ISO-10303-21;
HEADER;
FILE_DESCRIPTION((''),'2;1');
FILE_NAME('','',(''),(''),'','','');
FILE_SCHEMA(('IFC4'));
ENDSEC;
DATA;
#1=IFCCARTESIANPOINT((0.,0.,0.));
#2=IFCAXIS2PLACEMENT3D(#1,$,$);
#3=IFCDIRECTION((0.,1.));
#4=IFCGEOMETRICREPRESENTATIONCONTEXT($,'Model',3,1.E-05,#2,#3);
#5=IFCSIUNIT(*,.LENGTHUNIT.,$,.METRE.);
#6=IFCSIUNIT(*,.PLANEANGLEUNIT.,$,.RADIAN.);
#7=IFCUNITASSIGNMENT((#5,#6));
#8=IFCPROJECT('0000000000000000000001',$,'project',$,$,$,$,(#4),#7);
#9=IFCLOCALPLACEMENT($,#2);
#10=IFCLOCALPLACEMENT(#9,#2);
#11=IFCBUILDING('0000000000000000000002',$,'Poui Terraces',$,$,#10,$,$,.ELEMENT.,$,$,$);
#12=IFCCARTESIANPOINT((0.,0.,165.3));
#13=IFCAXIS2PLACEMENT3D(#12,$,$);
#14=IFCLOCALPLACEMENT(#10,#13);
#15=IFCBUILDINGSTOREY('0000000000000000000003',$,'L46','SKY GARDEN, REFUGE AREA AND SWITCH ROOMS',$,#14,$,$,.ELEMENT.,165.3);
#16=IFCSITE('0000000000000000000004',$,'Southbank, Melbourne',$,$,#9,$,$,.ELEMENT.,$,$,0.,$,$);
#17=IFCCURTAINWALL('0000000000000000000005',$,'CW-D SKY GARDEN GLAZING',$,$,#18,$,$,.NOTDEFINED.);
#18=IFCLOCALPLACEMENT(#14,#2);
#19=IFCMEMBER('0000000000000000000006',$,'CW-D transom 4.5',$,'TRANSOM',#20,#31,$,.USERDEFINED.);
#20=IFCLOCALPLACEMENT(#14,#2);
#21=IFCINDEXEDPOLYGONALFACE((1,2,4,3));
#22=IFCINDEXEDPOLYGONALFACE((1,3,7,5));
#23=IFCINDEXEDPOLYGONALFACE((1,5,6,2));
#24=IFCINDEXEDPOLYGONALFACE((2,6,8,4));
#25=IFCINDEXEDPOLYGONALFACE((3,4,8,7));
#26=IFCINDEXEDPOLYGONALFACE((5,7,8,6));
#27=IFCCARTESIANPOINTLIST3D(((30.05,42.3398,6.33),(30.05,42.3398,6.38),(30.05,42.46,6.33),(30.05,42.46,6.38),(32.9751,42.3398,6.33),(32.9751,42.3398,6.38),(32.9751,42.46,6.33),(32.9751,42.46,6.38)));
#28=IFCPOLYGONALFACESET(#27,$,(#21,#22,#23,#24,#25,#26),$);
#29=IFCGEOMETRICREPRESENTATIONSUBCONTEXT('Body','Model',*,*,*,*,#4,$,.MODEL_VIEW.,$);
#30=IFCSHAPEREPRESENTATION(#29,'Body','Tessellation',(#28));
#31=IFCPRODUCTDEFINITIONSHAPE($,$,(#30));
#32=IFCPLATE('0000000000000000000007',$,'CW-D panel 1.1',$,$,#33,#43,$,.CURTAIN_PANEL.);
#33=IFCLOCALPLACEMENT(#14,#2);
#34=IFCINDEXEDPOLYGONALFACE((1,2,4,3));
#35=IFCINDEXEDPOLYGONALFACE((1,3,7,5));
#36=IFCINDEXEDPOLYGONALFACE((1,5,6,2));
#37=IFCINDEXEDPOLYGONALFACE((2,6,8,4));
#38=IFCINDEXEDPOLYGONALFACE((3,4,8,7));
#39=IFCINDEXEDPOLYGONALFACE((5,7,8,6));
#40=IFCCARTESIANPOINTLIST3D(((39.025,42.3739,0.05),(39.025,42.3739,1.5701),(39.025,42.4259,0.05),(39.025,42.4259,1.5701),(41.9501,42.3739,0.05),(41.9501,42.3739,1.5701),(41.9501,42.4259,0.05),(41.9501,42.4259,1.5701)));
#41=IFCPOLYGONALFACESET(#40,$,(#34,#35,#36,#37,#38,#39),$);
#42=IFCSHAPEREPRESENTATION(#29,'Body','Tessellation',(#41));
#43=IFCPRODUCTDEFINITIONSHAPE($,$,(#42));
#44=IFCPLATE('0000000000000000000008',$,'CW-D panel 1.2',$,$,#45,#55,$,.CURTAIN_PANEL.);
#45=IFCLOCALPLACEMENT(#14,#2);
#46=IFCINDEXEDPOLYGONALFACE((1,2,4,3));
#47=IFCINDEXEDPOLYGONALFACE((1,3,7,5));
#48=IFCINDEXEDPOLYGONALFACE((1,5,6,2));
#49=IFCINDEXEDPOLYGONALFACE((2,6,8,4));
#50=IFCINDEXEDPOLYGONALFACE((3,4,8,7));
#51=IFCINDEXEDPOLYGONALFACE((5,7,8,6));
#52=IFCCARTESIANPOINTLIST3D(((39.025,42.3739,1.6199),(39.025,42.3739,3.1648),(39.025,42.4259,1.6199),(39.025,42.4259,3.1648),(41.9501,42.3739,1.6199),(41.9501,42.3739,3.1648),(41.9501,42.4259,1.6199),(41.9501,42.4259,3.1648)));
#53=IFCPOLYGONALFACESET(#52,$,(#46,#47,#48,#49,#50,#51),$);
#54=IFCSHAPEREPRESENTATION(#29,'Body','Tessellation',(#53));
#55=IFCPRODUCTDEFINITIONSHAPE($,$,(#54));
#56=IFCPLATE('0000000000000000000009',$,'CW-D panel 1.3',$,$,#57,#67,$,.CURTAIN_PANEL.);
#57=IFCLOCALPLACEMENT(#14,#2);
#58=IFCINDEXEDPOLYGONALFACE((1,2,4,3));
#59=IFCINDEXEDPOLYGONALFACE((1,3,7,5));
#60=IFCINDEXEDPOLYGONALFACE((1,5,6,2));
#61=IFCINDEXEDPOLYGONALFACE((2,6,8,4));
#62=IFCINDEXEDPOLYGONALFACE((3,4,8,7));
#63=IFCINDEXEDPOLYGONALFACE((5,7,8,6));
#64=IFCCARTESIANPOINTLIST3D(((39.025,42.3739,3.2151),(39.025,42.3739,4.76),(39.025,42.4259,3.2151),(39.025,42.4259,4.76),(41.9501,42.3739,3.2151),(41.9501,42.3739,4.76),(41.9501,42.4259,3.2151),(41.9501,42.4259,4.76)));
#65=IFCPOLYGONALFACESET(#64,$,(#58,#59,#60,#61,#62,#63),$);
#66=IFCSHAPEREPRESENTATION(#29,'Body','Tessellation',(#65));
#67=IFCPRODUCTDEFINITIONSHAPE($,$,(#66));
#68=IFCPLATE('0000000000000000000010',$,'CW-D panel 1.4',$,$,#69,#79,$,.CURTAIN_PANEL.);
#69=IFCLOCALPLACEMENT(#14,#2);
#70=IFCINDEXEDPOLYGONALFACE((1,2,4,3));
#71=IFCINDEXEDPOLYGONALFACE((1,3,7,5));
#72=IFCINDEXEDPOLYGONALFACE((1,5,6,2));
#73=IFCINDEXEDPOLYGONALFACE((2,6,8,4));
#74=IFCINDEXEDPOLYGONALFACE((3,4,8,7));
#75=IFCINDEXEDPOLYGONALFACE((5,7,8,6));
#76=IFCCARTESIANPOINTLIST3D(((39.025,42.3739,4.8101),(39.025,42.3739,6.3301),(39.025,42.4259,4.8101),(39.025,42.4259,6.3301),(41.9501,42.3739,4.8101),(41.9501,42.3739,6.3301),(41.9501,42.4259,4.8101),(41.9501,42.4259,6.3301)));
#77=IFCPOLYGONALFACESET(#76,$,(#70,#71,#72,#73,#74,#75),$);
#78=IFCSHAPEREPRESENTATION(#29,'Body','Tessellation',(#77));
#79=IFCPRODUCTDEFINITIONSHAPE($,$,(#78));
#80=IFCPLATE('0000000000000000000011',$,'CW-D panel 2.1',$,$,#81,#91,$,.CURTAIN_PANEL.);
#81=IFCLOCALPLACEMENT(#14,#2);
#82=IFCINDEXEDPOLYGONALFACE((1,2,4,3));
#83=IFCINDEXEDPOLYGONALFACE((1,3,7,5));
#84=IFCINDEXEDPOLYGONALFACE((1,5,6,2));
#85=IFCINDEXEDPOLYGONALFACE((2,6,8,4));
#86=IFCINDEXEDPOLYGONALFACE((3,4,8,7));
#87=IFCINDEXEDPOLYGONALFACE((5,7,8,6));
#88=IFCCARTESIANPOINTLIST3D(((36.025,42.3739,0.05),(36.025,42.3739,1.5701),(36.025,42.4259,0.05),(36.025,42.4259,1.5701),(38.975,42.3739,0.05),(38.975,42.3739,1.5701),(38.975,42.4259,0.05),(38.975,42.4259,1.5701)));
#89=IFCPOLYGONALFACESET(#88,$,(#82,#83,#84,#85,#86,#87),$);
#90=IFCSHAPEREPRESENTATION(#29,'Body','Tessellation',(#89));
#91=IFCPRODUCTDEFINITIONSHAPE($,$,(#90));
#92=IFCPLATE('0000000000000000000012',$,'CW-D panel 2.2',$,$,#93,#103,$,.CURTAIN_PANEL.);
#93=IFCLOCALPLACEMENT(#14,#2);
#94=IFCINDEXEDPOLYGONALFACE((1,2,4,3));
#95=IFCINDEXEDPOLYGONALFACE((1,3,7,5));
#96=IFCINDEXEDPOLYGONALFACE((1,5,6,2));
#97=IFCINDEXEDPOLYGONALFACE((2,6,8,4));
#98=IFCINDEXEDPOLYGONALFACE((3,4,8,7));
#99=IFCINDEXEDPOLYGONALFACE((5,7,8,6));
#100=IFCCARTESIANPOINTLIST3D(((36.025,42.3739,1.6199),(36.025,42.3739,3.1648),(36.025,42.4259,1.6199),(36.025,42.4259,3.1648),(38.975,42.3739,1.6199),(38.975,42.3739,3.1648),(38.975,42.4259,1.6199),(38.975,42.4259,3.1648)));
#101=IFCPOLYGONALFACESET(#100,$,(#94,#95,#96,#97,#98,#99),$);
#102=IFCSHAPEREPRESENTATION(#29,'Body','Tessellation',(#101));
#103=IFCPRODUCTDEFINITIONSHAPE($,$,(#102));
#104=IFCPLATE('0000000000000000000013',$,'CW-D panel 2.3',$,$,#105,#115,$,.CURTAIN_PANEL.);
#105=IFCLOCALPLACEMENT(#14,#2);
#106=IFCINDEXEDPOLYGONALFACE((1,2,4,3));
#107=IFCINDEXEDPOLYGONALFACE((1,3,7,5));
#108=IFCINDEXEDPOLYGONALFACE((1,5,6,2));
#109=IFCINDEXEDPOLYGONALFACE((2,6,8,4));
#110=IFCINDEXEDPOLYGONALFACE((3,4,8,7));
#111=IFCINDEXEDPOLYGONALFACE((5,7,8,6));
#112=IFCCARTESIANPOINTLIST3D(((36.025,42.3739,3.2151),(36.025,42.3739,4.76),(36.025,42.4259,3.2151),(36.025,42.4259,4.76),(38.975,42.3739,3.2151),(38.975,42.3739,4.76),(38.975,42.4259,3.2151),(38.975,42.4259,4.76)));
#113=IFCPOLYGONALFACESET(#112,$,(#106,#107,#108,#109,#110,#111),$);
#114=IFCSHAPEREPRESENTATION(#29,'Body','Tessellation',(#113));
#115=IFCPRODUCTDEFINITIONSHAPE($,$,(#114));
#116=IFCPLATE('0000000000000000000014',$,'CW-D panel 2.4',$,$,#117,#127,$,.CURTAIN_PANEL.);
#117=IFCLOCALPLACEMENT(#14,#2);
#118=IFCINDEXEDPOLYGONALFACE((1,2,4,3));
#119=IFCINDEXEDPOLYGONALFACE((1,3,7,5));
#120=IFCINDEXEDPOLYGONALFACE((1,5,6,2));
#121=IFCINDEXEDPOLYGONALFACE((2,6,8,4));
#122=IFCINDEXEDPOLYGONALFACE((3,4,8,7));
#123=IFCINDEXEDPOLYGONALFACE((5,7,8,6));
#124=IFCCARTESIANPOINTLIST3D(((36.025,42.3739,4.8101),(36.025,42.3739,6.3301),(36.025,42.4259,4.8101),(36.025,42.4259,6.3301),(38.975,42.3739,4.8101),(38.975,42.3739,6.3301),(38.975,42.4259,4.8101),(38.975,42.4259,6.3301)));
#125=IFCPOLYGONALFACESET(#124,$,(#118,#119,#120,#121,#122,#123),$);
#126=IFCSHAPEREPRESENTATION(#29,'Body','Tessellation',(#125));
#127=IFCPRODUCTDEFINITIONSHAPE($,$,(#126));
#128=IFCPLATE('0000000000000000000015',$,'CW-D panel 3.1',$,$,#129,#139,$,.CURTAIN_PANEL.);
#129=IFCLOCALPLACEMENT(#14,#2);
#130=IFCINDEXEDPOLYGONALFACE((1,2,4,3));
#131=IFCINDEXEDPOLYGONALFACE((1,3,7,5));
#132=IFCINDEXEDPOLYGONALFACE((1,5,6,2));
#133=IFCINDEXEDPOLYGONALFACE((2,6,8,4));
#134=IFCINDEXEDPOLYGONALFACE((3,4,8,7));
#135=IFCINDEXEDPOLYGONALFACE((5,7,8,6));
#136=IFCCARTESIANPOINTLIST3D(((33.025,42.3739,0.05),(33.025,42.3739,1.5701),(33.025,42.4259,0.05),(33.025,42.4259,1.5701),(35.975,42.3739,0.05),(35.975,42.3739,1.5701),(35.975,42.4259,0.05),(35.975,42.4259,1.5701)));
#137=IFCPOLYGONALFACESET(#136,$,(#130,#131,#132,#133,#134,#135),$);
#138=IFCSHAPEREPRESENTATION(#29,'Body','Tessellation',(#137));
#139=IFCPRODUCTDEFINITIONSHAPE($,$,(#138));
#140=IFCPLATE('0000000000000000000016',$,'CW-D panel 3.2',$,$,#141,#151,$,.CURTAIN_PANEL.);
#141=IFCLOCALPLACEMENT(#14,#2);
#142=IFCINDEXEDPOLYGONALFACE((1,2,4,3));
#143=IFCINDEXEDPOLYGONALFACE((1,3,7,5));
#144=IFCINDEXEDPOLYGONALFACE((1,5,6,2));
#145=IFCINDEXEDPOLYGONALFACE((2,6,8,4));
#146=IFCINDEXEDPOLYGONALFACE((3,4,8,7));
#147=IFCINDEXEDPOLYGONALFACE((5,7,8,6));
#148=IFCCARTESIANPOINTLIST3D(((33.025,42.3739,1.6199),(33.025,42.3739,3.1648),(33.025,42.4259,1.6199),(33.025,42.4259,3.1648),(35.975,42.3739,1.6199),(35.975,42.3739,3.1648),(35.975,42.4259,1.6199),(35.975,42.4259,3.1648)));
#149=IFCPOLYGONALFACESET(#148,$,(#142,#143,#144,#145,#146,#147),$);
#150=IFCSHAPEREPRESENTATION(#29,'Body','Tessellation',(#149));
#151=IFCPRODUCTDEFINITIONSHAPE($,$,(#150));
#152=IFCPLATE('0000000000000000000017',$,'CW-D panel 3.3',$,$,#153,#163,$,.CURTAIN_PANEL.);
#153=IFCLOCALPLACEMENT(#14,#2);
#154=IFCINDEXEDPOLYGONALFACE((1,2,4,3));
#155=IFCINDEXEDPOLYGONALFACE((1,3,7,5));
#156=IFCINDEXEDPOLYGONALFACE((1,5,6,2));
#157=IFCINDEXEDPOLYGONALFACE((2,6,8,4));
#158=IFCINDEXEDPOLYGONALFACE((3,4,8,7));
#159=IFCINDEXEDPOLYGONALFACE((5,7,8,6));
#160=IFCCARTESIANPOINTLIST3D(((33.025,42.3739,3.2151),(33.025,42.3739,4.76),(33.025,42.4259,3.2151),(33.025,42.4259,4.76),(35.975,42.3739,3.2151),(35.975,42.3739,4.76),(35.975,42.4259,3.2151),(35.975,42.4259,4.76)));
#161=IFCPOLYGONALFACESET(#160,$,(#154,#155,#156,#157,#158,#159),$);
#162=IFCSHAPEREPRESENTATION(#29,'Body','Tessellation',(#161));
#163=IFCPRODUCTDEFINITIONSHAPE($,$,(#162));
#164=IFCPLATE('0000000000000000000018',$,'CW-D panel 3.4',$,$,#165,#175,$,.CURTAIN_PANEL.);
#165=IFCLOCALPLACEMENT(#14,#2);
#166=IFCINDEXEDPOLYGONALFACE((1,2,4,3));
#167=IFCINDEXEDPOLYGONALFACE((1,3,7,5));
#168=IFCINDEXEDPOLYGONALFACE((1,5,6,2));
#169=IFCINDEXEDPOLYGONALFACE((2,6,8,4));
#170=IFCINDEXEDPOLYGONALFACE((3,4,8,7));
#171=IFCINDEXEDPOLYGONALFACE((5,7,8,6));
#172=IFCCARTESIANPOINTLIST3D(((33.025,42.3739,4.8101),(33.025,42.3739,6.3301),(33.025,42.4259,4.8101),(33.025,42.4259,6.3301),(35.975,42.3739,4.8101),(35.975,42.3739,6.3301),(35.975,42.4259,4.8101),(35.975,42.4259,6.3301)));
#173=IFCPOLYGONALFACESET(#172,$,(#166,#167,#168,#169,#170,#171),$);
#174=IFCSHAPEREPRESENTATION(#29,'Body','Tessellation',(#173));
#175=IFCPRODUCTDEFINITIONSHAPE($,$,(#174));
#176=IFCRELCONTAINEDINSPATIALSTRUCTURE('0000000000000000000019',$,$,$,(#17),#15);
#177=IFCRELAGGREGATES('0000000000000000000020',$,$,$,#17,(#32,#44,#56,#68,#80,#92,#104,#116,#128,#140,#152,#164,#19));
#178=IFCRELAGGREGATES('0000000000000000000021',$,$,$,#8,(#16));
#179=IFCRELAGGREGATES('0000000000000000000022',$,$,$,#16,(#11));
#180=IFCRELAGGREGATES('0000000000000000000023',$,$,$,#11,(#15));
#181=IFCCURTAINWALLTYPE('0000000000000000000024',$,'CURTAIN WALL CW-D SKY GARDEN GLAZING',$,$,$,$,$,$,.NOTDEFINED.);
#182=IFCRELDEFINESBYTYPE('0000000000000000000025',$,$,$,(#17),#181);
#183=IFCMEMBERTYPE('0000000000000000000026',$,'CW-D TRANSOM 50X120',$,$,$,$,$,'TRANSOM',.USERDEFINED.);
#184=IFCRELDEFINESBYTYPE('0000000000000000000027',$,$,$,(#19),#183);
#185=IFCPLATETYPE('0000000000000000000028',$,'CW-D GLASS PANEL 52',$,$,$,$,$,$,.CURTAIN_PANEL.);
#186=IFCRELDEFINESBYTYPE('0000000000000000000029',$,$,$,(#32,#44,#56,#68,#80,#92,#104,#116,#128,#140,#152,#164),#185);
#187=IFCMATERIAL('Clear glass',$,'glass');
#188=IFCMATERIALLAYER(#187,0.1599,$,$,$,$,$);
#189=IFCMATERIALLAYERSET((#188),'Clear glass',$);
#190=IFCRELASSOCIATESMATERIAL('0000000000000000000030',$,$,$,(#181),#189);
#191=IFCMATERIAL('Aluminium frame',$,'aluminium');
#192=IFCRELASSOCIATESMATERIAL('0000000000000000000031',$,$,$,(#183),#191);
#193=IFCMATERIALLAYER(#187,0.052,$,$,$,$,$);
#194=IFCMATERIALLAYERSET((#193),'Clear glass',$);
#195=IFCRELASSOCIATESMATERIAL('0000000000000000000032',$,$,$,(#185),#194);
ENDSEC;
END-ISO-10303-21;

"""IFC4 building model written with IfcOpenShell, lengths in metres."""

from ifc_helpers import new_model, si_unit, direction, frame, origin, origin_2d, place, context, subcontext, project, spatial, rectangle, extrude, material, layer, layer_set, material_profile, profile_set, type_object, element, aggregate, save


model = new_model("IFC4")

# Units and contexts
model_context = context("Model", 3, precision=1e-05, world=origin(), true_north=direction((0.0, 1.0)))
body_context = subcontext(model_context, "Body", "Model", "MODEL_VIEW")
ifc_project = project(units=[si_unit("LENGTHUNIT", "METRE"), si_unit("PLANEANGLEUNIT", "RADIAN")], contexts=[model_context])

# Site, building, storey
site_placement = place(None, origin())
site = spatial("IfcSite", under=ifc_project, at=site_placement, Name="Southbank, Melbourne", CompositionType="ELEMENT", RefElevation=0.0)
building_placement = place(site_placement, origin())
building = spatial("IfcBuilding", under=site, at=building_placement, Name="Poui Terraces", CompositionType="ELEMENT")
storey_placement = place(building_placement, frame((0.0, 0.0, 165.3)))
storey = spatial("IfcBuildingStorey", under=building, at=storey_placement, Name="L46", Description="SKY GARDEN, REFUGE AREA AND SWITCH ROOMS", CompositionType="ELEMENT", Elevation=165.3)

# Curtain wall, member, plates
ifc_material_1 = material(Name="Clear glass", Category="glass")
ifc_layer_1 = layer(ifc_material_1, 0.1599)
ifc_layer_set_1 = layer_set([ifc_layer_1], Name="Clear glass")
curtain_wall_type = type_object("IfcCurtainWallType", Name="CURTAIN WALL CW-D SKY GARDEN GLAZING", PredefinedType="NOTDEFINED", material=ifc_layer_set_1)
curtain_wall_placement = place(storey_placement, origin())
curtain_wall = element("IfcCurtainWall", 1, at=curtain_wall_placement, inside=storey, type_object=curtain_wall_type, Name="CW-D SKY GARDEN GLAZING", PredefinedType="NOTDEFINED")
ifc_material_2 = material(Name="Aluminium frame", Category="aluminium")
ifc_material_profile_1 = material_profile(ifc_material_2, rectangle(XDim=0.1201, YDim=0.05, at=origin_2d()), Name="CW-D TRANSOM 50X120")
ifc_profile_set_1 = profile_set([ifc_material_profile_1], Name="Aluminium frame")
member_type_1 = type_object("IfcMemberType", Name="CW-D TRANSOM 50X120", ElementType="TRANSOM", PredefinedType="USERDEFINED", material=ifc_profile_set_1)
member_1_placement = place(storey_placement, frame((32.9751, 42.3999, 6.355), z_axis=(-1.0, 0.0, 0.0), x_axis=(0.0, -1.0, 0.0)))
member_1 = element("IfcMember", 2, at=member_1_placement, type_object=member_type_1, Name="CW-D transom 4.5", ObjectType="TRANSOM", PredefinedType="USERDEFINED", context=body_context, shape_type="SweptSolid", body=[
    extrude(rectangle(XDim=0.1201, YDim=0.05, at=origin_2d()), origin(), (0.0, 0.0, 1.0), 2.925),
])
ifc_layer_2 = layer(ifc_material_1, 0.052)
ifc_layer_set_2 = layer_set([ifc_layer_2], Name="Clear glass")
plate_type = type_object("IfcPlateType", Name="CW-D GLASS PANEL 52", PredefinedType="CURTAIN_PANEL", material=ifc_layer_set_2)
plate_1_placement = place(storey_placement, frame((40.4875, 42.3999, 0.05), z_axis=(0.0, 0.0, 1.0), x_axis=(-1.0, 0.0, 0.0)))
plate_1 = element("IfcPlate", 3, at=plate_1_placement, type_object=plate_type, Name="CW-D panel 1.1", PredefinedType="CURTAIN_PANEL", context=body_context, shape_type="SweptSolid", body=[
    extrude(rectangle(XDim=2.925, YDim=0.052, at=origin_2d()), origin(), (0.0, 0.0, 1.0), 1.52),
])
plate_2_placement = place(storey_placement, frame((40.4875, 42.3999, 1.6199), z_axis=(0.0, 0.0, 1.0), x_axis=(-1.0, 0.0, 0.0)))
plate_2 = element("IfcPlate", 4, at=plate_2_placement, type_object=plate_type, Name="CW-D panel 1.2", PredefinedType="CURTAIN_PANEL", context=body_context, shape_type="SweptSolid", body=[
    extrude(rectangle(XDim=2.925, YDim=0.052, at=origin_2d()), origin(), (0.0, 0.0, 1.0), 1.5449),
])
plate_3_placement = place(storey_placement, frame((40.4875, 42.3999, 3.2151), z_axis=(0.0, 0.0, 1.0), x_axis=(-1.0, 0.0, 0.0)))
plate_3 = element("IfcPlate", 5, at=plate_3_placement, type_object=plate_type, Name="CW-D panel 1.3", PredefinedType="CURTAIN_PANEL", context=body_context, shape_type="SweptSolid", body=[
    extrude(rectangle(XDim=2.925, YDim=0.052, at=origin_2d()), origin(), (0.0, 0.0, 1.0), 1.5449),
])
plate_4_placement = place(storey_placement, frame((40.4875, 42.3999, 4.8101), z_axis=(0.0, 0.0, 1.0), x_axis=(-1.0, 0.0, 0.0)))
plate_4 = element("IfcPlate", 6, at=plate_4_placement, type_object=plate_type, Name="CW-D panel 1.4", PredefinedType="CURTAIN_PANEL", context=body_context, shape_type="SweptSolid", body=[
    extrude(rectangle(XDim=2.925, YDim=0.052, at=origin_2d()), origin(), (0.0, 0.0, 1.0), 1.52),
])
plate_5_placement = place(storey_placement, frame((37.5, 42.3999, 0.05), z_axis=(0.0, 0.0, 1.0), x_axis=(-1.0, 0.0, 0.0)))
plate_5 = element("IfcPlate", 7, at=plate_5_placement, type_object=plate_type, Name="CW-D panel 2.1", PredefinedType="CURTAIN_PANEL", context=body_context, shape_type="SweptSolid", body=[
    extrude(rectangle(XDim=2.95, YDim=0.052, at=origin_2d()), origin(), (0.0, 0.0, 1.0), 1.52),
])
plate_6_placement = place(storey_placement, frame((37.5, 42.3999, 1.6199), z_axis=(0.0, 0.0, 1.0), x_axis=(-1.0, 0.0, 0.0)))
plate_6 = element("IfcPlate", 8, at=plate_6_placement, type_object=plate_type, Name="CW-D panel 2.2", PredefinedType="CURTAIN_PANEL", context=body_context, shape_type="SweptSolid", body=[
    extrude(rectangle(XDim=2.95, YDim=0.052, at=origin_2d()), origin(), (0.0, 0.0, 1.0), 1.5449),
])
plate_7_placement = place(storey_placement, frame((37.5, 42.3999, 3.2151), z_axis=(0.0, 0.0, 1.0), x_axis=(-1.0, 0.0, 0.0)))
plate_7 = element("IfcPlate", 9, at=plate_7_placement, type_object=plate_type, Name="CW-D panel 2.3", PredefinedType="CURTAIN_PANEL", context=body_context, shape_type="SweptSolid", body=[
    extrude(rectangle(XDim=2.95, YDim=0.052, at=origin_2d()), origin(), (0.0, 0.0, 1.0), 1.5449),
])
plate_8_placement = place(storey_placement, frame((37.5, 42.3999, 4.8101), z_axis=(0.0, 0.0, 1.0), x_axis=(-1.0, 0.0, 0.0)))
plate_8 = element("IfcPlate", 10, at=plate_8_placement, type_object=plate_type, Name="CW-D panel 2.4", PredefinedType="CURTAIN_PANEL", context=body_context, shape_type="SweptSolid", body=[
    extrude(rectangle(XDim=2.95, YDim=0.052, at=origin_2d()), origin(), (0.0, 0.0, 1.0), 1.52),
])
plate_9_placement = place(storey_placement, frame((34.5, 42.3999, 0.05), z_axis=(0.0, 0.0, 1.0), x_axis=(-1.0, 0.0, 0.0)))
plate_9 = element("IfcPlate", 11, at=plate_9_placement, type_object=plate_type, Name="CW-D panel 3.1", PredefinedType="CURTAIN_PANEL", context=body_context, shape_type="SweptSolid", body=[
    extrude(rectangle(XDim=2.95, YDim=0.052, at=origin_2d()), origin(), (0.0, 0.0, 1.0), 1.52),
])
plate_10_placement = place(storey_placement, frame((34.5, 42.3999, 1.6199), z_axis=(0.0, 0.0, 1.0), x_axis=(-1.0, 0.0, 0.0)))
plate_10 = element("IfcPlate", 12, at=plate_10_placement, type_object=plate_type, Name="CW-D panel 3.2", PredefinedType="CURTAIN_PANEL", context=body_context, shape_type="SweptSolid", body=[
    extrude(rectangle(XDim=2.95, YDim=0.052, at=origin_2d()), origin(), (0.0, 0.0, 1.0), 1.5449),
])
plate_11_placement = place(storey_placement, frame((34.5, 42.3999, 3.2151), z_axis=(0.0, 0.0, 1.0), x_axis=(-1.0, 0.0, 0.0)))
plate_11 = element("IfcPlate", 13, at=plate_11_placement, type_object=plate_type, Name="CW-D panel 3.3", PredefinedType="CURTAIN_PANEL", context=body_context, shape_type="SweptSolid", body=[
    extrude(rectangle(XDim=2.95, YDim=0.052, at=origin_2d()), origin(), (0.0, 0.0, 1.0), 1.5449),
])
plate_12_placement = place(storey_placement, frame((34.5, 42.3999, 4.8101), z_axis=(0.0, 0.0, 1.0), x_axis=(-1.0, 0.0, 0.0)))
plate_12 = element("IfcPlate", 14, at=plate_12_placement, type_object=plate_type, Name="CW-D panel 3.4", PredefinedType="CURTAIN_PANEL", context=body_context, shape_type="SweptSolid", body=[
    extrude(rectangle(XDim=2.95, YDim=0.052, at=origin_2d()), origin(), (0.0, 0.0, 1.0), 1.52),
])
aggregate(curtain_wall, [plate_1, plate_2, plate_3, plate_4, plate_5, plate_6, plate_7, plate_8, plate_9, plate_10, plate_11, plate_12, member_1])

save(model, "model.ifc")
